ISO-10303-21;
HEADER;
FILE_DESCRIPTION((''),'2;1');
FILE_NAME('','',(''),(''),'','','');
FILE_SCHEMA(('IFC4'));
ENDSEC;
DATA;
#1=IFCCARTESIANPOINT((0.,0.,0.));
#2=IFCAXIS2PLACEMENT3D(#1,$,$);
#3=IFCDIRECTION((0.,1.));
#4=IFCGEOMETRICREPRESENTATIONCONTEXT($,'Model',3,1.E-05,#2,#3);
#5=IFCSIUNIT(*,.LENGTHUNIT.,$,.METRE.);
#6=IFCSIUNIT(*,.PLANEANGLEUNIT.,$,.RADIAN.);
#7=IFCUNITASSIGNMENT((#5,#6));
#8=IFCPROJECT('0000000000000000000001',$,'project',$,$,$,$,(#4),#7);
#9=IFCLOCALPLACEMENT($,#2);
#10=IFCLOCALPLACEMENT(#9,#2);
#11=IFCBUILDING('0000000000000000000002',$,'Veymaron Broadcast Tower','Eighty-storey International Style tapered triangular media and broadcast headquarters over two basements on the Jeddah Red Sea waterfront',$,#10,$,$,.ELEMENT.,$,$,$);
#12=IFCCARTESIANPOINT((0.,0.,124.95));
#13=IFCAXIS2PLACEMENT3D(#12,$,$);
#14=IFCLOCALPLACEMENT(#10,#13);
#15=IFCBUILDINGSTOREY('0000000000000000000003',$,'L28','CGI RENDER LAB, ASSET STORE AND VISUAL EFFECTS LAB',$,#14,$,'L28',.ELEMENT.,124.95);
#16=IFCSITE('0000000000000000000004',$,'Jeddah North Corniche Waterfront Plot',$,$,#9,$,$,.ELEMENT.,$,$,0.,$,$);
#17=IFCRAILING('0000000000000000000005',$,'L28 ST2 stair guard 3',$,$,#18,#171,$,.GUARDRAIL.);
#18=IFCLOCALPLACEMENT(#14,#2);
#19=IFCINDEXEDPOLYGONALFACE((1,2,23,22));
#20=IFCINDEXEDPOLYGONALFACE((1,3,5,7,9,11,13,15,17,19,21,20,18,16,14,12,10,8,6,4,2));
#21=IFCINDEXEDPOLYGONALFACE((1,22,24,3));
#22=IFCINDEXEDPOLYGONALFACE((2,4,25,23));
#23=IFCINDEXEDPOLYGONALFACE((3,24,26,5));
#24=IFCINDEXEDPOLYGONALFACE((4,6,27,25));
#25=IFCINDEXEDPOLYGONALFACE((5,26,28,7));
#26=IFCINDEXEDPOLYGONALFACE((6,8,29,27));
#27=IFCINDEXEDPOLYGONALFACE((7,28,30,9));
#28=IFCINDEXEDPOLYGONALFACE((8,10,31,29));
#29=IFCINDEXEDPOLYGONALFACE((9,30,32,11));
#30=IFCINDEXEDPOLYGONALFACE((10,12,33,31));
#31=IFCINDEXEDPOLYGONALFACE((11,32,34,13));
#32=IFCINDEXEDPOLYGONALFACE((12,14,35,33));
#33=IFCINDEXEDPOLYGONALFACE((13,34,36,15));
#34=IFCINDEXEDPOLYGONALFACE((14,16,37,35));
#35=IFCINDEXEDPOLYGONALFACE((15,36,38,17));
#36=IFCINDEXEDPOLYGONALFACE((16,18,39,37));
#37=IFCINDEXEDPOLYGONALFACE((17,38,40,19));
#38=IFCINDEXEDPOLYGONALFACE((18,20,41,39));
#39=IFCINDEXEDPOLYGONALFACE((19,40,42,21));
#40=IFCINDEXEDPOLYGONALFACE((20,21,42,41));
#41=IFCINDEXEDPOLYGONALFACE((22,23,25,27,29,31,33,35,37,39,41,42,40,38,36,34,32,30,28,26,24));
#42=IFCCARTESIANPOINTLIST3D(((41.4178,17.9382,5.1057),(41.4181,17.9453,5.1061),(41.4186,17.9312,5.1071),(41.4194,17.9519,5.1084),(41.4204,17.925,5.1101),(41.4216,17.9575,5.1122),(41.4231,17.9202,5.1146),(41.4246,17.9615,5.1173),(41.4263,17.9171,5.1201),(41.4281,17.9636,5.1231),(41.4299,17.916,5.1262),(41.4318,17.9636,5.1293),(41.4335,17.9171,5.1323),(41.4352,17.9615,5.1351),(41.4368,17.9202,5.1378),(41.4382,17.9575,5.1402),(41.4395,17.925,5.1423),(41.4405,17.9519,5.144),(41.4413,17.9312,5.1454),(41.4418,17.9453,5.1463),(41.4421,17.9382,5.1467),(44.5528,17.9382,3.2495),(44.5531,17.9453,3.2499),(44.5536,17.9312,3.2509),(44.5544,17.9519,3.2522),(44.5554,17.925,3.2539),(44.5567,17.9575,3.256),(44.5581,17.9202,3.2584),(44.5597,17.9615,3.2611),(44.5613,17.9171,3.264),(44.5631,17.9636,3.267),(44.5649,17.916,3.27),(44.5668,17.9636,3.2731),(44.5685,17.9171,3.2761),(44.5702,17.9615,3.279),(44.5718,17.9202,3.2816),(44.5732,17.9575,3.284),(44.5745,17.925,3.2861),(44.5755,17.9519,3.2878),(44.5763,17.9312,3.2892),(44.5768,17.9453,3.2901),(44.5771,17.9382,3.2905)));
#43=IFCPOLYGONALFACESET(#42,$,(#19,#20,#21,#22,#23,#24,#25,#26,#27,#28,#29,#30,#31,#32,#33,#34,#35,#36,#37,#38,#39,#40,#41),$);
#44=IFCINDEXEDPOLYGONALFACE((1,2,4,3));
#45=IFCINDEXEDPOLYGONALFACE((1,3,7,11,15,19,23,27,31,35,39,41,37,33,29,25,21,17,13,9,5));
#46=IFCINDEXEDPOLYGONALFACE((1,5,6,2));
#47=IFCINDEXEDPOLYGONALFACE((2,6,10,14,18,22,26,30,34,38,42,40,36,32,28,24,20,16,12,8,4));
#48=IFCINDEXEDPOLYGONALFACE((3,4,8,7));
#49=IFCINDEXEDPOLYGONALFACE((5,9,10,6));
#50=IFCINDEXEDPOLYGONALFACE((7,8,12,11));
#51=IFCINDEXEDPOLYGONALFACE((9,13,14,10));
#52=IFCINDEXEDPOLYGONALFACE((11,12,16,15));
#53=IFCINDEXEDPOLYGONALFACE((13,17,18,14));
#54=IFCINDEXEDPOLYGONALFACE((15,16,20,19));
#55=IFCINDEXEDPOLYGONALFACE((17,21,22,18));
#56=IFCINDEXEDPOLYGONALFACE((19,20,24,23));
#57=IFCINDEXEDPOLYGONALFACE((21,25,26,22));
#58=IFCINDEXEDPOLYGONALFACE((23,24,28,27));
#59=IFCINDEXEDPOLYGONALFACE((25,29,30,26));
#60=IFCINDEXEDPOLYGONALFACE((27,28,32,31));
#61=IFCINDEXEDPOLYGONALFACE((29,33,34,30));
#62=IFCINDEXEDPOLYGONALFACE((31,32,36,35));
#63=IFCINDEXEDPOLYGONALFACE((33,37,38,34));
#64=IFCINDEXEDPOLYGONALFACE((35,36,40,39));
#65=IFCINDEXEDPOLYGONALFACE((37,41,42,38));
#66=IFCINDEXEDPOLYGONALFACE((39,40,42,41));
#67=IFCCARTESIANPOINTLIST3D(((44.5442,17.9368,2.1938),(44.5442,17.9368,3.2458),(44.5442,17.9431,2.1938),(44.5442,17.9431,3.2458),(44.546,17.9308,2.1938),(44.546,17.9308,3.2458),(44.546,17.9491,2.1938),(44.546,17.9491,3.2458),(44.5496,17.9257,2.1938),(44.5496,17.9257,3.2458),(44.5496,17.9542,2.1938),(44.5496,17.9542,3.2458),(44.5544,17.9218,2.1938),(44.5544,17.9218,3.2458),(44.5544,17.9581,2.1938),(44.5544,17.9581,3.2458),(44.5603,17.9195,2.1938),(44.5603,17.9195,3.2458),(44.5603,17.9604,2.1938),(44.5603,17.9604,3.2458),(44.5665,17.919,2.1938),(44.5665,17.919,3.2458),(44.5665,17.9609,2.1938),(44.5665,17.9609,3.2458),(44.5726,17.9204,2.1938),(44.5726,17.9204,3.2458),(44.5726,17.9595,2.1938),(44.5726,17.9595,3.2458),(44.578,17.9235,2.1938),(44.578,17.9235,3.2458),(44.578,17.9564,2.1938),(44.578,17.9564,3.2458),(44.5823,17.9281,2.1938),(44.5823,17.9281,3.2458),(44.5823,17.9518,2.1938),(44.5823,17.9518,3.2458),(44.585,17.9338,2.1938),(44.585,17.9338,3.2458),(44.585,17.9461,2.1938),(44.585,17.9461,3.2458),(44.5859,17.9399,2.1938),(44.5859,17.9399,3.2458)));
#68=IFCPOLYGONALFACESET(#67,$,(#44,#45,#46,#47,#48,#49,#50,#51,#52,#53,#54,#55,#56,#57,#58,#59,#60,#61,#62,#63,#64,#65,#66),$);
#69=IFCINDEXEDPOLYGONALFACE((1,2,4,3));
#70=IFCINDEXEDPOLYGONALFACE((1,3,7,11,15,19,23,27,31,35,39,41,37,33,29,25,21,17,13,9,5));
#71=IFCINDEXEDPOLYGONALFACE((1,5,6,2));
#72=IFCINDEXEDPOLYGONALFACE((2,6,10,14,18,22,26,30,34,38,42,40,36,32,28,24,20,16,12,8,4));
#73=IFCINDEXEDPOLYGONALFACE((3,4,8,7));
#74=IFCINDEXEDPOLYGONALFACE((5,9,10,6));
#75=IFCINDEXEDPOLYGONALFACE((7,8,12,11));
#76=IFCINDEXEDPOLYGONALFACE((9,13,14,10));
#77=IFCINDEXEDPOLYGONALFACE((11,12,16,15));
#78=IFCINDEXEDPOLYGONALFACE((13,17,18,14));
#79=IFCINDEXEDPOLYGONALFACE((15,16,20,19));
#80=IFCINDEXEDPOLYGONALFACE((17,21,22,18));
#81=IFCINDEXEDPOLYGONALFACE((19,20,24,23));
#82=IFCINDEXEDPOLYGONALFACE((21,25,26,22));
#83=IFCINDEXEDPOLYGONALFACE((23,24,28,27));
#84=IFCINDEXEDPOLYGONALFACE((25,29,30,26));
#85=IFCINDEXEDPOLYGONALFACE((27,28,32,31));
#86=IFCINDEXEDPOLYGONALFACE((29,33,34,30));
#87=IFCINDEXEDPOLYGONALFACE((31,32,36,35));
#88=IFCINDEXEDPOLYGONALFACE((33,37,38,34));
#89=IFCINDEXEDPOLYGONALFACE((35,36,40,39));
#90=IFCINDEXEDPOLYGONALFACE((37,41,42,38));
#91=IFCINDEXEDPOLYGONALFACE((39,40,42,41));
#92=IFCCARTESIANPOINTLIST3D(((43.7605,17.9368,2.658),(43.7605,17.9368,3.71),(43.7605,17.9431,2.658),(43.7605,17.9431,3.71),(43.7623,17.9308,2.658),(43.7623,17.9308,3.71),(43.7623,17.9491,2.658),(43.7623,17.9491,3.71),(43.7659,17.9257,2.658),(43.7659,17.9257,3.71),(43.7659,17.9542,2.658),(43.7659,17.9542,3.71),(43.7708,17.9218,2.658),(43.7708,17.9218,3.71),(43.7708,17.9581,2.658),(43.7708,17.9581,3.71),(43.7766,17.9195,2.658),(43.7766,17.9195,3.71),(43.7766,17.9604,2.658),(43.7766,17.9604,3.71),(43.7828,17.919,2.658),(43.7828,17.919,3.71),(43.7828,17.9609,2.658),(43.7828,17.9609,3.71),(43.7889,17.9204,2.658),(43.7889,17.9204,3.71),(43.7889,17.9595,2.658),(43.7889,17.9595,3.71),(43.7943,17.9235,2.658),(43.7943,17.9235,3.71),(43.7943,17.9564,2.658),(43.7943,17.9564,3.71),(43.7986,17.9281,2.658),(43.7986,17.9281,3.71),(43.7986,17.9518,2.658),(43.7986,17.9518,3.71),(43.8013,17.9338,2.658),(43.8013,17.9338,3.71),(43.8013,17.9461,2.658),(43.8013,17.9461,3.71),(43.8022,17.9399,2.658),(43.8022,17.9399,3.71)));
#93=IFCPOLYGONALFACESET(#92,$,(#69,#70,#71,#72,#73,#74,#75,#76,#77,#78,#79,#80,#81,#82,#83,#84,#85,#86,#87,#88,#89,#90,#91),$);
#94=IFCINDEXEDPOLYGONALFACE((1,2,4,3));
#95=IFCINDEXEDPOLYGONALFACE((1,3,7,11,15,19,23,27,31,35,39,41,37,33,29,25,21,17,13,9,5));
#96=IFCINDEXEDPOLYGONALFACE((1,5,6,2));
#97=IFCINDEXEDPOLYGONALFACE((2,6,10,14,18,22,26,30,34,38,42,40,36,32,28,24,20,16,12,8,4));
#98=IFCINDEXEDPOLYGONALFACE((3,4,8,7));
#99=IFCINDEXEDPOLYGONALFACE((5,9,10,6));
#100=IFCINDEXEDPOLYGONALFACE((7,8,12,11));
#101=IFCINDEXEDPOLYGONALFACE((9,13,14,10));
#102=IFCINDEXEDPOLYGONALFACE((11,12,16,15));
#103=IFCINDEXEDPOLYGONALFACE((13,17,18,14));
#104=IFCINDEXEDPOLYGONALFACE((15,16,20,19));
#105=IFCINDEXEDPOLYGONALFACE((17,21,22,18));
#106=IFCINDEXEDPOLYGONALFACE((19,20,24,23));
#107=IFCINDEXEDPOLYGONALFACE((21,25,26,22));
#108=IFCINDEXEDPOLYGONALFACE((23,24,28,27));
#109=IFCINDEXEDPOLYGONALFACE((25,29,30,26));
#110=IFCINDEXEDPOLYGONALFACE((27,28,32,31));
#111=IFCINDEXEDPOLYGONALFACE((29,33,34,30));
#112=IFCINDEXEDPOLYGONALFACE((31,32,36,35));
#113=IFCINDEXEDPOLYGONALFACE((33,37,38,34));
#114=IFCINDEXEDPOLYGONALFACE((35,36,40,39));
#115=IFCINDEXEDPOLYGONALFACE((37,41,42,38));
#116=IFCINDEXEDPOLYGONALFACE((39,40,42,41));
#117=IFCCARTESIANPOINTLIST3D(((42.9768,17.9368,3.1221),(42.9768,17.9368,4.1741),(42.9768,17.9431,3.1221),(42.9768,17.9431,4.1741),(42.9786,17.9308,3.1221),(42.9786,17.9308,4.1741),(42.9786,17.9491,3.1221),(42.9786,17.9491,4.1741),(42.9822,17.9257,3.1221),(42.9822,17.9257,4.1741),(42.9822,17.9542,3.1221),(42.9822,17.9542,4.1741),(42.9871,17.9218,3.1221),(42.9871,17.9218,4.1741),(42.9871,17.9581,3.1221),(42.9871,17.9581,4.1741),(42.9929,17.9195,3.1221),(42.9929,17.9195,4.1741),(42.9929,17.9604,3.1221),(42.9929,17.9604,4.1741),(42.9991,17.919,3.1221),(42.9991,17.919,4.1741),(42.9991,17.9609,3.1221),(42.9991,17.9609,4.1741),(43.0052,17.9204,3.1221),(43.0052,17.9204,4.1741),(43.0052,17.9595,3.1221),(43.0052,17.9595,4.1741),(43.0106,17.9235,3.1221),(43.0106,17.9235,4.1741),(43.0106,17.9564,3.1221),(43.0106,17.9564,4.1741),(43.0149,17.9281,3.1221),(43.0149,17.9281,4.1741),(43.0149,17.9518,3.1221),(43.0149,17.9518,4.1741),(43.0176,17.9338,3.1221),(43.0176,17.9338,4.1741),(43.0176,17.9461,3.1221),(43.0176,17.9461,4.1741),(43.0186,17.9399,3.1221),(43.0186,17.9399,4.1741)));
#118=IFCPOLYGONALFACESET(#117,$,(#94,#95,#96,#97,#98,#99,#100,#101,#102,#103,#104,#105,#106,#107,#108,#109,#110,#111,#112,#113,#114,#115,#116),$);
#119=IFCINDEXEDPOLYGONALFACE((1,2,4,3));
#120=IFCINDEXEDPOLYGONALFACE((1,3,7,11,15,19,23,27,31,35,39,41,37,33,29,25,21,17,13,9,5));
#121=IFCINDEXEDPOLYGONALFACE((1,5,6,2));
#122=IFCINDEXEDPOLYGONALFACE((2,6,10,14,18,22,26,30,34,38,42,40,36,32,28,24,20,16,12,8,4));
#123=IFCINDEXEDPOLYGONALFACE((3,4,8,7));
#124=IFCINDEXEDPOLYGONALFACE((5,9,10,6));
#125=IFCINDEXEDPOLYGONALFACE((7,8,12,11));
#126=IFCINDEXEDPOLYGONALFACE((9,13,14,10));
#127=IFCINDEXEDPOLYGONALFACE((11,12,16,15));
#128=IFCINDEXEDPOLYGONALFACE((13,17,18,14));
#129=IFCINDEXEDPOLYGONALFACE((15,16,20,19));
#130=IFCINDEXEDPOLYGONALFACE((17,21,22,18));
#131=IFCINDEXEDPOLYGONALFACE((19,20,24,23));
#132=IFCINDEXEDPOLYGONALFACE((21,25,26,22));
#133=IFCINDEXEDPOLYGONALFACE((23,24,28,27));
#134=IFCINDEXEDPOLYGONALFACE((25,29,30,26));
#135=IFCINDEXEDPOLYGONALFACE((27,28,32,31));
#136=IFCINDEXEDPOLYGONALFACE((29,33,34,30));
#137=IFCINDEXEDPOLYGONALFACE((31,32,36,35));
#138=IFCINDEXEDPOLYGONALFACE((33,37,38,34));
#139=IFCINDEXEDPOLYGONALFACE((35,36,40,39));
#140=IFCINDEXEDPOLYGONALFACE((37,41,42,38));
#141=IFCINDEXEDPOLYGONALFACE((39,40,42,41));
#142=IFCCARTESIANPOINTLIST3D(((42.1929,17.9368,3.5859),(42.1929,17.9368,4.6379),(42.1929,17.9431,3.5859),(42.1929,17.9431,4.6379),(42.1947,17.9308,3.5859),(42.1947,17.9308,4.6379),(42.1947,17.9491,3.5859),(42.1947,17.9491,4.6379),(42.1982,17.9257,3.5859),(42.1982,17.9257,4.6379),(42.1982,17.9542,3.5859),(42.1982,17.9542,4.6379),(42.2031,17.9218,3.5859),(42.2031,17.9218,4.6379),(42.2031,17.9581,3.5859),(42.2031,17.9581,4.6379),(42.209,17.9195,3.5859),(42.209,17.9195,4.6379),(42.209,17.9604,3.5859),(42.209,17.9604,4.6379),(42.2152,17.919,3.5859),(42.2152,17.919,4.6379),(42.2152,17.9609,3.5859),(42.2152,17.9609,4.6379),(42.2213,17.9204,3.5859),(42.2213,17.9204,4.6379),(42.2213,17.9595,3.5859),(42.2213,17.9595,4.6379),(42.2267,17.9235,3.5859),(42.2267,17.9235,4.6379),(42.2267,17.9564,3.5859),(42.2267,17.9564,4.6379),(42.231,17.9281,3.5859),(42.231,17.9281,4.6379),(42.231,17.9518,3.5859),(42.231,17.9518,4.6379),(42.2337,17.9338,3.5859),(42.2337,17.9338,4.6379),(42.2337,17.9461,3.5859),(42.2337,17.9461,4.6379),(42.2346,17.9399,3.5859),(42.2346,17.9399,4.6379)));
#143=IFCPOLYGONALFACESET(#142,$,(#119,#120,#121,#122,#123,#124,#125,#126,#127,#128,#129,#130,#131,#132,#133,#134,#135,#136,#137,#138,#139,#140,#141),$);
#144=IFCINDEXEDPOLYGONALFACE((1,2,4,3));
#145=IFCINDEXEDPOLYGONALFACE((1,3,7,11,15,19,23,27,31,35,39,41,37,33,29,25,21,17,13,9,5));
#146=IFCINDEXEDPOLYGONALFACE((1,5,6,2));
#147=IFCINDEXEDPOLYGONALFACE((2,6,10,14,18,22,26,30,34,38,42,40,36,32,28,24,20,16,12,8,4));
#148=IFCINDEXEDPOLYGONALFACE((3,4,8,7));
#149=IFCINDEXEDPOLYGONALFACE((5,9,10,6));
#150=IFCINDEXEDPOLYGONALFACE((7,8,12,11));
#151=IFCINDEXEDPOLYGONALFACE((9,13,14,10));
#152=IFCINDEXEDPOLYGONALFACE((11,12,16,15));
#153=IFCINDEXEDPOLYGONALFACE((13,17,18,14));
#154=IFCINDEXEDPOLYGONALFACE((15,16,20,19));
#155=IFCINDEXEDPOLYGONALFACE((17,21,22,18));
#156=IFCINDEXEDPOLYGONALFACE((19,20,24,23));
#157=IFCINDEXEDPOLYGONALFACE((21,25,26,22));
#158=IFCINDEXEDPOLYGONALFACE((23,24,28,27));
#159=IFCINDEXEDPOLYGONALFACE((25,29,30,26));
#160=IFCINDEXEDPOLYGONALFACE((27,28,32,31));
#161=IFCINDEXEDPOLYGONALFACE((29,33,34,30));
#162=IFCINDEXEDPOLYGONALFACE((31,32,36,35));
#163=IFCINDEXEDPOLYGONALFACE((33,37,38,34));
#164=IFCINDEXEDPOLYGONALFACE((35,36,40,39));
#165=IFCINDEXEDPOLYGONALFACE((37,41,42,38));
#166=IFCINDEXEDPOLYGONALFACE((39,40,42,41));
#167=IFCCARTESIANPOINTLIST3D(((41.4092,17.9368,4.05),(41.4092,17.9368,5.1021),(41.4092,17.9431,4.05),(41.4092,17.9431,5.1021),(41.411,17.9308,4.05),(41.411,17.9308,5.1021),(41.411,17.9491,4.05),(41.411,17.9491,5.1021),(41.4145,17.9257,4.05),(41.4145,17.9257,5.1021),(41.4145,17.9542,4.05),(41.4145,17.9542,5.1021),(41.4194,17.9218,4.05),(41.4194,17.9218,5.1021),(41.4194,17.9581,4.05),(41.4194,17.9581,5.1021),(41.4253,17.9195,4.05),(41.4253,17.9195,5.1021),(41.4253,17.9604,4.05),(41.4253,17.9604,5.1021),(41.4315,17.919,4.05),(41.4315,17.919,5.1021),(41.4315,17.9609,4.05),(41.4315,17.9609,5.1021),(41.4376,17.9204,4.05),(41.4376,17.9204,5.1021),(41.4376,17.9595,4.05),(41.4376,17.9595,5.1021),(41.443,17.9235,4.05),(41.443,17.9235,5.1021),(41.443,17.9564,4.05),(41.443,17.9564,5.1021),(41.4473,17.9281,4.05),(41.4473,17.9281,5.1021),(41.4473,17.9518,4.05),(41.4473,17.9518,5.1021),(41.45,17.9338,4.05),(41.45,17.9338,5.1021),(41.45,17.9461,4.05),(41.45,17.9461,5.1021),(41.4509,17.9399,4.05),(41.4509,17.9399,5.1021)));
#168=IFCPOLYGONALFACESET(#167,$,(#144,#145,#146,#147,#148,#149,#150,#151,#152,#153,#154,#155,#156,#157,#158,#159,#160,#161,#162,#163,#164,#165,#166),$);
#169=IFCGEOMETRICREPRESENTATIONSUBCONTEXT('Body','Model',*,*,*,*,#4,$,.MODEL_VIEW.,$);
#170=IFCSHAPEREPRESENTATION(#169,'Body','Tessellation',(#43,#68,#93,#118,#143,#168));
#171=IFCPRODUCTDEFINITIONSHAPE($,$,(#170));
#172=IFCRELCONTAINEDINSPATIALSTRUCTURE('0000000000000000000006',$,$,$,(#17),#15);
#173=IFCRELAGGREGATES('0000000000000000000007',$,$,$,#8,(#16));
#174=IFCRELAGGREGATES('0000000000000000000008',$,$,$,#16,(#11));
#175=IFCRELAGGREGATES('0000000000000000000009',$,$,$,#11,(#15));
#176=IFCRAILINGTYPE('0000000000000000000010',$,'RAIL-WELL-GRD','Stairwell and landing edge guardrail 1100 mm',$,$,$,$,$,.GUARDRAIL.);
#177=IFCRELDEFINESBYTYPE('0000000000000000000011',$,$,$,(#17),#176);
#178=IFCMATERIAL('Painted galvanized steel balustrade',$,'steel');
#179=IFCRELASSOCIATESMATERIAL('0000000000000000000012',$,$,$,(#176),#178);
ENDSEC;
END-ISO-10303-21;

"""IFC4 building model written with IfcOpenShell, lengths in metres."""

from ifc_helpers import new_model, si_unit, direction, frame, origin, origin_2d, place, context, subcontext, project, spatial, circle, extrude, material, type_object, element, save


model = new_model("IFC4")

# Units and contexts
model_context = context("Model", 3, precision=1e-05, world=origin(), true_north=direction((0.0, 1.0)))
body_context = subcontext(model_context, "Body", "Model", "MODEL_VIEW")
ifc_project = project(units=[si_unit("LENGTHUNIT", "METRE"), si_unit("PLANEANGLEUNIT", "RADIAN")], contexts=[model_context])

# Site, building, storey
site_placement = place(None, origin())
site = spatial("IfcSite", under=ifc_project, at=site_placement, Name="Jeddah North Corniche Waterfront Plot", CompositionType="ELEMENT", RefElevation=0.0)
building_placement = place(site_placement, origin())
building = spatial("IfcBuilding", under=site, at=building_placement, Name="Veymaron Broadcast Tower", Description="Eighty-storey International Style tapered triangular media and broadcast headquarters over two basements on the Jeddah Red Sea waterfront", CompositionType="ELEMENT")
storey_placement = place(building_placement, frame((0.0, 0.0, 124.95)))
storey = spatial("IfcBuildingStorey", under=building, at=storey_placement, Name="L28", Description="CGI RENDER LAB, ASSET STORE AND VISUAL EFFECTS LAB", LongName="L28", CompositionType="ELEMENT", Elevation=124.95)

# Railing
ifc_material_1 = material(Name="Painted galvanized steel balustrade", Category="steel")
railing_type_1 = type_object("IfcRailingType", Name="RAIL-WELL-GRD", Description="Stairwell and landing edge guardrail 1100 mm", PredefinedType="GUARDRAIL", material=ifc_material_1)
railing_1_placement = place(storey_placement, frame((44.5649, 17.9399, 2.1938)))
element("IfcRailing", 1, at=railing_1_placement, inside=storey, type_object=railing_type_1, Name="L28 ST2 stair guard 3", PredefinedType="GUARDRAIL", context=body_context, shape_type="SweptSolid", body=[
    extrude(circle(Radius=0.0239, at=origin_2d()), frame((0.0, 0.0, 1.0762), z_axis=(-0.860482, 0.0, 0.509481), x_axis=(0.0, -1.0, 0.0)), (0.0, 0.0, 1.0), 3.6433),
    extrude(circle(Radius=0.021, at=origin_2d()), origin(), (0.0, 0.0, 1.0), 1.052),
    extrude(circle(Radius=0.021, at=origin_2d()), frame((-0.7837, 0.0, 0.4641)), (0.0, 0.0, 1.0), 1.052),
    extrude(circle(Radius=0.021, at=origin_2d()), frame((-1.5674, 0.0, 0.9282)), (0.0, 0.0, 1.0), 1.052),
    extrude(circle(Radius=0.021, at=origin_2d()), frame((-2.3513, 0.0, 1.3921)), (0.0, 0.0, 1.0), 1.052),
    extrude(circle(Radius=0.021, at=origin_2d()), frame((-3.135, 0.0, 1.8562)), (0.0, 0.0, 1.0), 1.052),
])

save(model, "model.ifc")
